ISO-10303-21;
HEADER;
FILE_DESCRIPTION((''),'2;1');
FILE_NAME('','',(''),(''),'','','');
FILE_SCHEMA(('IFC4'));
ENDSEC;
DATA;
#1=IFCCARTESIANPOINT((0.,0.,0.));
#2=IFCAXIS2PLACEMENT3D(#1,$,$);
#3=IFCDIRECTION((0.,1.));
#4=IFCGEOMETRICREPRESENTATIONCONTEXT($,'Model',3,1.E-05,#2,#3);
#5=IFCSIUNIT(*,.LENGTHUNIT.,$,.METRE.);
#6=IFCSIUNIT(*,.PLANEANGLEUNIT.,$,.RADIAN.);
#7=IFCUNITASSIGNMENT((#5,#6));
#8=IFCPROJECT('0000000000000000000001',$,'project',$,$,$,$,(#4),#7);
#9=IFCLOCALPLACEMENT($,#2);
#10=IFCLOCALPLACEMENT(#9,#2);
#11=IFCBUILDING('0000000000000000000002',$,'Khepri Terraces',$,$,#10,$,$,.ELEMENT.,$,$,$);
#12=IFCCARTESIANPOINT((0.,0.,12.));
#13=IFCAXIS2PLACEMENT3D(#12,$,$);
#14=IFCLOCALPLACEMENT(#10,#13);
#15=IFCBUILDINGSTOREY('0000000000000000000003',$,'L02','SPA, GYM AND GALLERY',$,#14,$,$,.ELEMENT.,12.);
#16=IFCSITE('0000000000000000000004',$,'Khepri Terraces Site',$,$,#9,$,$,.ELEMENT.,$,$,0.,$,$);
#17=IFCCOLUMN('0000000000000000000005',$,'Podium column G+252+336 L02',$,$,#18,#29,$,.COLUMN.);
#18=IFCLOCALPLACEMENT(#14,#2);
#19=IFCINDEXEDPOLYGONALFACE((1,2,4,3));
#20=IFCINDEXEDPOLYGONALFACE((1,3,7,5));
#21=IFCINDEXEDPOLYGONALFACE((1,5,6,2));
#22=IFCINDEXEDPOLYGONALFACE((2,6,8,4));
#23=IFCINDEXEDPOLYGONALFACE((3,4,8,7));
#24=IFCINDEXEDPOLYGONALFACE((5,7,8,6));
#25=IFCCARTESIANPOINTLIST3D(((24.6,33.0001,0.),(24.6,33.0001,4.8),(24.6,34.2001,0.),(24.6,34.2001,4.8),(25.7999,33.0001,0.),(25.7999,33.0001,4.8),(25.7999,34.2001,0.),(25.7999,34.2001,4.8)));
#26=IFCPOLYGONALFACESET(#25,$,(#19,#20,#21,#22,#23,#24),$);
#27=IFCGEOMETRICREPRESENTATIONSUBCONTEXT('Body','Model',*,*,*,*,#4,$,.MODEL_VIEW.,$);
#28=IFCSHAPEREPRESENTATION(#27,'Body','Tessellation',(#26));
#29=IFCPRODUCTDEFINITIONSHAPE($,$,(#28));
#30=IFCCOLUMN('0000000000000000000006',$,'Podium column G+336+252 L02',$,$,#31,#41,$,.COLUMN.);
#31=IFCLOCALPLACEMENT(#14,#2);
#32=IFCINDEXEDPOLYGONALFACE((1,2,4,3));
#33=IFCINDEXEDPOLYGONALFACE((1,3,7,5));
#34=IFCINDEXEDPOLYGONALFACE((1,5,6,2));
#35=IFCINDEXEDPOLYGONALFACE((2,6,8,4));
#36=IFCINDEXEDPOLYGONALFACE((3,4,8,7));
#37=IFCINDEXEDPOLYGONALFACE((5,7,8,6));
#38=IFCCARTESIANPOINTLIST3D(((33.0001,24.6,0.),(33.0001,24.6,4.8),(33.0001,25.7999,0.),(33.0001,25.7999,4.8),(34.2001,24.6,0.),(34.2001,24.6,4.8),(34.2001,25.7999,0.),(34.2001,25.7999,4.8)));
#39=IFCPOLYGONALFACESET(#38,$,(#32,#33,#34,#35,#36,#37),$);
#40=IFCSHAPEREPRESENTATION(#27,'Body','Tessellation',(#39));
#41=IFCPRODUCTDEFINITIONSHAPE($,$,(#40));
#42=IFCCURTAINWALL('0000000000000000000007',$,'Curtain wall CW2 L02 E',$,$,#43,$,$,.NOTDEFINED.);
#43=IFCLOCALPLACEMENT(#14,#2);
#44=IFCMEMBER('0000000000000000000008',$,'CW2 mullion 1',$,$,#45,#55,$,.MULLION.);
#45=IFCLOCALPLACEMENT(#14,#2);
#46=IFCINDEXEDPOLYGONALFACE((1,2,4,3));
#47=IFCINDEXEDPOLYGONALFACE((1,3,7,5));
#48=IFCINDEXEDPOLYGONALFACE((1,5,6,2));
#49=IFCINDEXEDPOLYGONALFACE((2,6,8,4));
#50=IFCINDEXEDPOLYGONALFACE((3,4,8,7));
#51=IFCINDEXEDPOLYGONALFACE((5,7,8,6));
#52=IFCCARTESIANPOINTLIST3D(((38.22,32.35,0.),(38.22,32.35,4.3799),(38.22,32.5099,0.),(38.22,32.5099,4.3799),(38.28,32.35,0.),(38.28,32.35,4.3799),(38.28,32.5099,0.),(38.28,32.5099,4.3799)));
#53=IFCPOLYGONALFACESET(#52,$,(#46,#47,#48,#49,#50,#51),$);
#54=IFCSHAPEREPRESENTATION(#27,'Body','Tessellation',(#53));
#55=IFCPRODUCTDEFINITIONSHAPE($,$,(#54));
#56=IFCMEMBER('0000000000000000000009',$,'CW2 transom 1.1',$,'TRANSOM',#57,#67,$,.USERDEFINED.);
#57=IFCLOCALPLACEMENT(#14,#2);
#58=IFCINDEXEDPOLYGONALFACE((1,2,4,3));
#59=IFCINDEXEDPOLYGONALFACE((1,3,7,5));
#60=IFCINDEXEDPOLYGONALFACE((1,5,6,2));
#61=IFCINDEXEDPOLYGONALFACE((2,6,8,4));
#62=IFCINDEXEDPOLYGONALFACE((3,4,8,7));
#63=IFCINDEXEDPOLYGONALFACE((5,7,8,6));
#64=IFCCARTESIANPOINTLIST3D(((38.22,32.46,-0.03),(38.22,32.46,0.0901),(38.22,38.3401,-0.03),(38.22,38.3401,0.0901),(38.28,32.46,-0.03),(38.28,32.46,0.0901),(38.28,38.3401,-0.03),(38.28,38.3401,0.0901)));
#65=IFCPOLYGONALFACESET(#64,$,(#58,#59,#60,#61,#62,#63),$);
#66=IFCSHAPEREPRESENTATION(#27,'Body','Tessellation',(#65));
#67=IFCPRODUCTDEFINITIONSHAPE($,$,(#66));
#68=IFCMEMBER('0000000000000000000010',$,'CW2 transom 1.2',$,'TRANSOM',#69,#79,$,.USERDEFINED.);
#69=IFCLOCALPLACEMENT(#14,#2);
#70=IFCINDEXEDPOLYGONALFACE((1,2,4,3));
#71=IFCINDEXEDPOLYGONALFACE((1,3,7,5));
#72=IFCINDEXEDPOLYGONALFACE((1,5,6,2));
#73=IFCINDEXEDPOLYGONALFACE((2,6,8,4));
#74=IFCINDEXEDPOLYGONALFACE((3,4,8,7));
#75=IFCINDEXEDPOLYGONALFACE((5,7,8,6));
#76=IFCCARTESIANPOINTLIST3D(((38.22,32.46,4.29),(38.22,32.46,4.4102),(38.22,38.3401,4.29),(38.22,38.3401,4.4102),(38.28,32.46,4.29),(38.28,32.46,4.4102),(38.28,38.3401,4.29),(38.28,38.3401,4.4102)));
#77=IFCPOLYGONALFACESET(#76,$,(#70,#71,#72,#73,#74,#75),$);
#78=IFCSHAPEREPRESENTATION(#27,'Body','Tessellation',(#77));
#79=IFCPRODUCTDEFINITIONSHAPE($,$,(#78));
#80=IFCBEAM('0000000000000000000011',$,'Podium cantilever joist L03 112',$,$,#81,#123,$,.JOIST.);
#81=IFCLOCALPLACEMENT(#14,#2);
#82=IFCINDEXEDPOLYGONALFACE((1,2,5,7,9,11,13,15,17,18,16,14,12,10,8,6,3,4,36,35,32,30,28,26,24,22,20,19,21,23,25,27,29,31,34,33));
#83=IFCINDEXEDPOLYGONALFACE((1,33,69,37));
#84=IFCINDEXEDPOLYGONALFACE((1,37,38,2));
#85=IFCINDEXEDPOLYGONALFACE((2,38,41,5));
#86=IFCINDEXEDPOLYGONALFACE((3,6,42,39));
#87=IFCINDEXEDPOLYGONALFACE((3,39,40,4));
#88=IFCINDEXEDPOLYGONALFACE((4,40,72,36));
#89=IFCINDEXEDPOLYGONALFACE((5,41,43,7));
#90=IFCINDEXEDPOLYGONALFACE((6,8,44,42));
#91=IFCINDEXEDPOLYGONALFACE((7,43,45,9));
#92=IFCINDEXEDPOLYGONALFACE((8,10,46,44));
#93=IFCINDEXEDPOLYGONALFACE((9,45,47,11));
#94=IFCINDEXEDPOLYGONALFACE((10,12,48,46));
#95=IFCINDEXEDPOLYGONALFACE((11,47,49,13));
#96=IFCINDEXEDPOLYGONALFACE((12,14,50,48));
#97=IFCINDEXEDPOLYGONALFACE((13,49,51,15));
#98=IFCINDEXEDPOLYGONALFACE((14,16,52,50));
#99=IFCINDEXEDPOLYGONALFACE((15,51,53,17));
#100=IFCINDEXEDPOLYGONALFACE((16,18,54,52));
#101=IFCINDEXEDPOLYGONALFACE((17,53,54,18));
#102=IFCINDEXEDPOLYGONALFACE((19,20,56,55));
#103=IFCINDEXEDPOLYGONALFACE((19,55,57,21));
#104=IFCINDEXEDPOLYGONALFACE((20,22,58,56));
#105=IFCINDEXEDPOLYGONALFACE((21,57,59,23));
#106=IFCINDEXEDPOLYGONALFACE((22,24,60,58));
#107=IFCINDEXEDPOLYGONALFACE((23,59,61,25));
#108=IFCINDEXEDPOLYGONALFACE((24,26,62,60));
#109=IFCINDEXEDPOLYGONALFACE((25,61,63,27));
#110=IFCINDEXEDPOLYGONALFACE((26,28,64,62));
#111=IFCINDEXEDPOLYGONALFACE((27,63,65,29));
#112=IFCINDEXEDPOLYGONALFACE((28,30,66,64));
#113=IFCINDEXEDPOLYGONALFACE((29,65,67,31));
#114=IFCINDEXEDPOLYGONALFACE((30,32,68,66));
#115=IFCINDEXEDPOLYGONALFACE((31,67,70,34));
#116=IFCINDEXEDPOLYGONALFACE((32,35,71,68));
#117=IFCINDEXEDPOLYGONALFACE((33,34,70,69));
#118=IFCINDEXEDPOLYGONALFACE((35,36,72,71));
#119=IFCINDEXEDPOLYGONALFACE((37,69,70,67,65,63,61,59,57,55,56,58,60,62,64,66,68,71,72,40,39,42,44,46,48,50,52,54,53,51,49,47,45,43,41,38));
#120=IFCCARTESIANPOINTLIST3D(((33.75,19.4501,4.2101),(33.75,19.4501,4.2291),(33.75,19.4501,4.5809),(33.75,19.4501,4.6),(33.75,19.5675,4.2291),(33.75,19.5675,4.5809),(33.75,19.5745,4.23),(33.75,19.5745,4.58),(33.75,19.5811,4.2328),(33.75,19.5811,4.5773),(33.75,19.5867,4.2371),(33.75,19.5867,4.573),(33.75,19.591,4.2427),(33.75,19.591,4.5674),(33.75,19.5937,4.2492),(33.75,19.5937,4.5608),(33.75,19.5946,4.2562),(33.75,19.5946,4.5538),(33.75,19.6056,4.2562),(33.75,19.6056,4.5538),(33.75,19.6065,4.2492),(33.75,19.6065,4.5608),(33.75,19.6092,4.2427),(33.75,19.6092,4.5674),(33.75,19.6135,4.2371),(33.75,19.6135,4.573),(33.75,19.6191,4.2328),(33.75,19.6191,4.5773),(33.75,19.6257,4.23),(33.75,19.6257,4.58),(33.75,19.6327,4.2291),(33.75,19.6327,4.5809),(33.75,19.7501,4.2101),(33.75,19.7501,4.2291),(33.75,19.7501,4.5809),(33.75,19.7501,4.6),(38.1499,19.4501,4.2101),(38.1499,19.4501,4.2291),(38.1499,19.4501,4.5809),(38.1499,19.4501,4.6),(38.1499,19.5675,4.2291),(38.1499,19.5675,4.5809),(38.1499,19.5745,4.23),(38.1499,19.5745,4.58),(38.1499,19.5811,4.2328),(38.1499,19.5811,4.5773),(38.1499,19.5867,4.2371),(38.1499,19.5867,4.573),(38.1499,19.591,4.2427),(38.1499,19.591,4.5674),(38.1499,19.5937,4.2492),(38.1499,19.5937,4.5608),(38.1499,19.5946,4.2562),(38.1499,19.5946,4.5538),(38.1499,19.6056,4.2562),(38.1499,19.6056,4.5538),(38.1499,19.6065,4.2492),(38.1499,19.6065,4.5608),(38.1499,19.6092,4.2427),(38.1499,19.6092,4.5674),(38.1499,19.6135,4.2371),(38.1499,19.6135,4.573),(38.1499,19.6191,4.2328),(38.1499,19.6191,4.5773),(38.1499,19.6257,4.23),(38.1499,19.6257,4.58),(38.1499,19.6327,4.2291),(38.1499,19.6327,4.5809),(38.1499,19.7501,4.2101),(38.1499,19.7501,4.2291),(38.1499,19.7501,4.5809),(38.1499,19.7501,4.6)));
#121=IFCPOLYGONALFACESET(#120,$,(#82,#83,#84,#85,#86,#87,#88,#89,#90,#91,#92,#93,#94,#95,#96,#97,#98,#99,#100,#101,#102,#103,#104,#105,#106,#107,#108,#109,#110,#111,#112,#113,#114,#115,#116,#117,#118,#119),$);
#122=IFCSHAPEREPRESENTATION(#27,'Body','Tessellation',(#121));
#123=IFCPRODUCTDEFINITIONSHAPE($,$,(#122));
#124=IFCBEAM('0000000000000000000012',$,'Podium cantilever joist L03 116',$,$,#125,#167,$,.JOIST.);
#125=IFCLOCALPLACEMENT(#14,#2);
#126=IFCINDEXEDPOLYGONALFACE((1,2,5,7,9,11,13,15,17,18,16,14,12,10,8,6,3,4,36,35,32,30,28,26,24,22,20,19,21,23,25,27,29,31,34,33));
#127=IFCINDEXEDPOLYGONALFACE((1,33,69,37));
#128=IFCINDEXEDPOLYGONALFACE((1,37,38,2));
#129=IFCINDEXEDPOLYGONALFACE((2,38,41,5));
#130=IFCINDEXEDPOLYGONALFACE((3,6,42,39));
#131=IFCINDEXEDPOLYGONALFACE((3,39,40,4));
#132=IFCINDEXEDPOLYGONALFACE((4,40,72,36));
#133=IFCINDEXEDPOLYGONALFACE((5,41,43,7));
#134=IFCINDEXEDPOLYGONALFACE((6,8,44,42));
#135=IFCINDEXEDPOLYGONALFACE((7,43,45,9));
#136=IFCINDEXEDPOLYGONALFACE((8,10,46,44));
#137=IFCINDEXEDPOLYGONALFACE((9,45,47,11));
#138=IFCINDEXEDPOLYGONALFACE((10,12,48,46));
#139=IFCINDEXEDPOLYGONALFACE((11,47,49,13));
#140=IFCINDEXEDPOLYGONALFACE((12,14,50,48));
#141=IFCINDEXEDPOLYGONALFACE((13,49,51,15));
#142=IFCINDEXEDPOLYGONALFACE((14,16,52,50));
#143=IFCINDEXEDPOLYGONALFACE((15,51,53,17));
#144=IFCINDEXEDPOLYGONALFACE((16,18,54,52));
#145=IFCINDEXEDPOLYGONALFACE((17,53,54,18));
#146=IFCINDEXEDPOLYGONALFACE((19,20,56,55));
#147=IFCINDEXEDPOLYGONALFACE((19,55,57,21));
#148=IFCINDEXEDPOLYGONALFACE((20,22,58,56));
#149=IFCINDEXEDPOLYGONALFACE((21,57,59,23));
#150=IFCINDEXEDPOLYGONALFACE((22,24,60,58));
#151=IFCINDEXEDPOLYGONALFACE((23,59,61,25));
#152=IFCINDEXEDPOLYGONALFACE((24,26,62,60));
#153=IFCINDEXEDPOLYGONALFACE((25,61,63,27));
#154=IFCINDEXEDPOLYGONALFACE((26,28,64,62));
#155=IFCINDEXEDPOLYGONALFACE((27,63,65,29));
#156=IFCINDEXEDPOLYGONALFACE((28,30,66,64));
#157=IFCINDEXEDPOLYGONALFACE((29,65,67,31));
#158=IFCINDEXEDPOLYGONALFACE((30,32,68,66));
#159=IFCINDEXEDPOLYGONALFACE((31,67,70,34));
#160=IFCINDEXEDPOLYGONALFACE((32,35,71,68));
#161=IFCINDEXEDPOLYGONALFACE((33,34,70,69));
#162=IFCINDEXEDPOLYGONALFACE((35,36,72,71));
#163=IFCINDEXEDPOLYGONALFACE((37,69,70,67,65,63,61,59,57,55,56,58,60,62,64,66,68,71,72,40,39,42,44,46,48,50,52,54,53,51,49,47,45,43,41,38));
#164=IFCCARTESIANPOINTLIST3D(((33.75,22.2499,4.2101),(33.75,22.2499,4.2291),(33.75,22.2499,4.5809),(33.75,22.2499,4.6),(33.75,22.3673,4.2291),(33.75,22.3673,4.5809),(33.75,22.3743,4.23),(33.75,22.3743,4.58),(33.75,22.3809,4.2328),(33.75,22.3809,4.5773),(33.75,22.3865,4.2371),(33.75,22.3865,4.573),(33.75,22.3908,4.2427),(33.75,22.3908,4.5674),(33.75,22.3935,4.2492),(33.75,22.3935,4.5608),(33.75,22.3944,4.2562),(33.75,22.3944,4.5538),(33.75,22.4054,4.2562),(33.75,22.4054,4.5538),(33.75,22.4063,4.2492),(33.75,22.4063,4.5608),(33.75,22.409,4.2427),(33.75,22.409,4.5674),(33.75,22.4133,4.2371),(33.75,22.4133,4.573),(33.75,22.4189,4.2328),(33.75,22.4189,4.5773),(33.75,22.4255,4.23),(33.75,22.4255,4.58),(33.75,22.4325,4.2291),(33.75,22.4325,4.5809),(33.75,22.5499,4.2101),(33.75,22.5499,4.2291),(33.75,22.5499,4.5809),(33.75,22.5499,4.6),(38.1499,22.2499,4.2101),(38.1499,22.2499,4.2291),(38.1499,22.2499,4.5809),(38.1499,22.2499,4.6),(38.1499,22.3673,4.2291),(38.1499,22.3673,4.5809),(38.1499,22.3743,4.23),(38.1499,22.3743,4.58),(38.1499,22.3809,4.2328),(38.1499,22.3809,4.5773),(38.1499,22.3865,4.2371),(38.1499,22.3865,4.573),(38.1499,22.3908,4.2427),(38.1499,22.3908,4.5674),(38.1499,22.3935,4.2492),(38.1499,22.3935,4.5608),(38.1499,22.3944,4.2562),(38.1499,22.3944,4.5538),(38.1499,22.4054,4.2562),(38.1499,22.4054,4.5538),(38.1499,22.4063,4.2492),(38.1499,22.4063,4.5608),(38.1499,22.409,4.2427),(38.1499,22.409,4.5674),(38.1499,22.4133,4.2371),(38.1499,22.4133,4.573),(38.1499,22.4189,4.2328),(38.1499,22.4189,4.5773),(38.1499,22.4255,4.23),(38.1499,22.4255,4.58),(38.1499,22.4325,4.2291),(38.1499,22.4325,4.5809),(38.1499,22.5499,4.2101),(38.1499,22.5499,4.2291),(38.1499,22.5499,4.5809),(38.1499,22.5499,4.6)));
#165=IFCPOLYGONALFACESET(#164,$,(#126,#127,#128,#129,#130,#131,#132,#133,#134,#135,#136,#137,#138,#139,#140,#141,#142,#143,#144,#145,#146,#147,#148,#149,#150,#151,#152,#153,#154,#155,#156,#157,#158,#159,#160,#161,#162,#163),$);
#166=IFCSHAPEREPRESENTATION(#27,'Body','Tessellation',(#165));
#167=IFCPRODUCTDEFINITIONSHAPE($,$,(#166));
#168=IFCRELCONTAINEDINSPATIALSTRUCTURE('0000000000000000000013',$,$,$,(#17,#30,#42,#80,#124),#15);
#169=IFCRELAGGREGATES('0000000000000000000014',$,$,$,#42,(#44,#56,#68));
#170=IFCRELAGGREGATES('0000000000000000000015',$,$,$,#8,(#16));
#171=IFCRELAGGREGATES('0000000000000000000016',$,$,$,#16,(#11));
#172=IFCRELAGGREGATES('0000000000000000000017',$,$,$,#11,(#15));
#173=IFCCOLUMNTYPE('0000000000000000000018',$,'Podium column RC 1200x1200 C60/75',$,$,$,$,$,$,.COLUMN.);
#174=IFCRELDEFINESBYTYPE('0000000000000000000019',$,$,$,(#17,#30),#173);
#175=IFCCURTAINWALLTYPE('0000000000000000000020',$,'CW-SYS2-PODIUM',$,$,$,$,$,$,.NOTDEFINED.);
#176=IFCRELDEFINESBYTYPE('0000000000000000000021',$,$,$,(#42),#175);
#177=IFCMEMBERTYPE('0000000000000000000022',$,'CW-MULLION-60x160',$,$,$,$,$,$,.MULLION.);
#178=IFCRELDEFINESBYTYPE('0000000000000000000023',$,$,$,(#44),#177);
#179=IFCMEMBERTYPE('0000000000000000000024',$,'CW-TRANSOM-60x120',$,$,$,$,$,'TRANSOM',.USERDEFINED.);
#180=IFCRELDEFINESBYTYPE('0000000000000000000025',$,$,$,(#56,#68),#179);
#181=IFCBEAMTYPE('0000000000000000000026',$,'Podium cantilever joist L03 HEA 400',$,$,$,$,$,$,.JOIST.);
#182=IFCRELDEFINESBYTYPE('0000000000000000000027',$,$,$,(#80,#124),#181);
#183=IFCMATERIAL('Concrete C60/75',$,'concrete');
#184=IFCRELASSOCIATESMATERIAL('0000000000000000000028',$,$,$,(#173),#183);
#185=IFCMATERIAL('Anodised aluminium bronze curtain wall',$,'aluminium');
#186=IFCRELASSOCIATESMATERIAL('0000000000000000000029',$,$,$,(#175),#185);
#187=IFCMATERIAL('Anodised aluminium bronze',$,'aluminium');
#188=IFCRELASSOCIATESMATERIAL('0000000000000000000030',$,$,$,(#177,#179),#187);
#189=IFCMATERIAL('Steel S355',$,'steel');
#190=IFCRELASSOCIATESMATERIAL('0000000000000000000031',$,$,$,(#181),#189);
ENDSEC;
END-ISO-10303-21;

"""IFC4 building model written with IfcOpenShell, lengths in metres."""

from ifc_helpers import new_model, si_unit, direction, frame, origin, origin_2d, place, context, subcontext, project, spatial, rectangle, i_section, extrude, material, material_profile, profile_set, type_object, element, aggregate, save


model = new_model("IFC4")

# Units and contexts
model_context = context("Model", 3, precision=1e-05, world=origin(), true_north=direction((0.0, 1.0)))
body_context = subcontext(model_context, "Body", "Model", "MODEL_VIEW")
ifc_project = project(units=[si_unit("LENGTHUNIT", "METRE"), si_unit("PLANEANGLEUNIT", "RADIAN")], contexts=[model_context])

# Site, building, storey
site_placement = place(None, origin())
site = spatial("IfcSite", under=ifc_project, at=site_placement, Name="Khepri Terraces Site", CompositionType="ELEMENT", RefElevation=0.0)
building_placement = place(site_placement, origin())
building = spatial("IfcBuilding", under=site, at=building_placement, Name="Khepri Terraces", CompositionType="ELEMENT")
storey_placement = place(building_placement, frame((0.0, 0.0, 12.0)))
storey = spatial("IfcBuildingStorey", under=building, at=storey_placement, Name="L02", Description="SPA, GYM AND GALLERY", CompositionType="ELEMENT", Elevation=12.0)

# Columns
ifc_material_1 = material(Name="Concrete C60/75", Category="concrete")
ifc_material_profile_1 = material_profile(ifc_material_1, rectangle(XDim=1.2, YDim=1.2, at=origin_2d()), Name="Concrete C60/75", Category="concrete")
ifc_profile_set_1 = profile_set([ifc_material_profile_1], Name="Concrete C60/75")
column_type = type_object("IfcColumnType", Name="Podium column RC 1200x1200 C60/75", PredefinedType="COLUMN", material=ifc_profile_set_1)
for number, where, z_axis, x_axis, name in (
    (1, (25.2, 33.6001, 0.0), (0.0, 0.0, 1.0), (1.0, 0.0, 0.0), "Podium column G+252+336 L02"),
    (2, (33.6001, 25.2, 0.0), (0.0, 0.0, 1.0), (1.0, 0.0, 0.0), "Podium column G+336+252 L02"),
):
    element("IfcColumn", number, at=place(storey_placement, frame(where, z_axis=z_axis, x_axis=x_axis)), inside=storey, type_object=column_type, Name=name, PredefinedType="COLUMN", context=body_context, shape_type="SweptSolid", body=[
        extrude(rectangle(XDim=1.2, YDim=1.2, at=origin_2d()), origin(), (0.0, 0.0, 1.0), 4.8),
    ])

# Curtain wall, members
ifc_material_2 = material(Name="Anodised aluminium bronze curtain wall", Category="aluminium")
curtain_wall_type = type_object("IfcCurtainWallType", Name="CW-SYS2-PODIUM", PredefinedType="NOTDEFINED", material=ifc_material_2)
curtain_wall_placement = place(storey_placement, origin())
curtain_wall = element("IfcCurtainWall", 3, at=curtain_wall_placement, inside=storey, type_object=curtain_wall_type, Name="Curtain wall CW2 L02 E", PredefinedType="NOTDEFINED")
ifc_material_3 = material(Name="Anodised aluminium bronze", Category="aluminium")
ifc_material_profile_2 = material_profile(ifc_material_3, rectangle(XDim=0.0601, YDim=0.1599, at=origin_2d()), Name="Anodised aluminium bronze", Category="aluminium")
ifc_profile_set_2 = profile_set([ifc_material_profile_2], Name="Anodised aluminium bronze")
member_type_1 = type_object("IfcMemberType", Name="CW-MULLION-60x160", PredefinedType="MULLION", material=ifc_profile_set_2)
member_1_placement = place(storey_placement, frame((38.25, 32.4299, 0.0), z_axis=(0.0, 0.0, 1.0), x_axis=(-1.0, 0.0, 0.0)))
member_1 = element("IfcMember", 4, at=member_1_placement, type_object=member_type_1, Name="CW2 mullion 1", PredefinedType="MULLION", context=body_context, shape_type="SweptSolid", body=[
    extrude(rectangle(XDim=0.0601, YDim=0.1599, at=origin_2d()), origin(), (0.0, 0.0, 1.0), 4.3799),
])
ifc_material_profile_3 = material_profile(ifc_material_3, rectangle(XDim=0.0601, YDim=0.1201, at=origin_2d()), Name="Anodised aluminium bronze", Category="aluminium")
ifc_profile_set_3 = profile_set([ifc_material_profile_3], Name="Anodised aluminium bronze")
member_type_2 = type_object("IfcMemberType", Name="CW-TRANSOM-60x120", ElementType="TRANSOM", PredefinedType="USERDEFINED", material=ifc_profile_set_3)
member_2_placement = place(storey_placement, frame((38.25, 32.46, 0.03), z_axis=(0.0, 1.0, 0.0), x_axis=(-1.0, 0.0, 0.0)))
member_2 = element("IfcMember", 5, at=member_2_placement, type_object=member_type_2, Name="CW2 transom 1.1", ObjectType="TRANSOM", PredefinedType="USERDEFINED", context=body_context, shape_type="SweptSolid", body=[
    extrude(rectangle(XDim=0.0601, YDim=0.1201, at=origin_2d()), origin(), (0.0, 0.0, 1.0), 5.8801),
])
member_3_placement = place(storey_placement, frame((38.25, 32.46, 4.3501), z_axis=(0.0, 1.0, 0.0), x_axis=(-1.0, 0.0, 0.0)))
member_3 = element("IfcMember", 6, at=member_3_placement, type_object=member_type_2, Name="CW2 transom 1.2", ObjectType="TRANSOM", PredefinedType="USERDEFINED", context=body_context, shape_type="SweptSolid", body=[
    extrude(rectangle(XDim=0.0601, YDim=0.1201, at=origin_2d()), origin(), (0.0, 0.0, 1.0), 5.8801),
])
aggregate(curtain_wall, [member_1, member_2, member_3])

# Beams
ifc_material_4 = material(Name="Steel S355", Category="steel")
ifc_material_profile_4 = material_profile(ifc_material_4, i_section(OverallWidth=0.3, OverallDepth=0.3899, WebThickness=0.011, FlangeThickness=0.019, FilletRadius=0.0271, at=origin_2d()), Name="Steel S355", Category="steel")
ifc_profile_set_4 = profile_set([ifc_material_profile_4], Name="Steel S355")
beam_type_1 = type_object("IfcBeamType", Name="Podium cantilever joist L03 HEA 400", PredefinedType="JOIST", material=ifc_profile_set_4)
for number, where, z_axis, x_axis, name in (
    (7, (33.75, 19.6001, 4.405), (1.0, 0.0, 0.0), (0.0, 1.0, 0.0), "Podium cantilever joist L03 112"),
    (8, (33.75, 22.3999, 4.405), (1.0, 0.0, 0.0), (0.0, 1.0, 0.0), "Podium cantilever joist L03 116"),
):
    element("IfcBeam", number, at=place(storey_placement, frame(where, z_axis=z_axis, x_axis=x_axis)), inside=storey, type_object=beam_type_1, Name=name, PredefinedType="JOIST", context=body_context, shape_type="SweptSolid", body=[
        extrude(i_section(OverallWidth=0.3, OverallDepth=0.3899, WebThickness=0.011, FlangeThickness=0.019, FilletRadius=0.0271, at=origin_2d()), origin(), (0.0, 0.0, 1.0), 4.3999),
    ])

save(model, "model.ifc")
